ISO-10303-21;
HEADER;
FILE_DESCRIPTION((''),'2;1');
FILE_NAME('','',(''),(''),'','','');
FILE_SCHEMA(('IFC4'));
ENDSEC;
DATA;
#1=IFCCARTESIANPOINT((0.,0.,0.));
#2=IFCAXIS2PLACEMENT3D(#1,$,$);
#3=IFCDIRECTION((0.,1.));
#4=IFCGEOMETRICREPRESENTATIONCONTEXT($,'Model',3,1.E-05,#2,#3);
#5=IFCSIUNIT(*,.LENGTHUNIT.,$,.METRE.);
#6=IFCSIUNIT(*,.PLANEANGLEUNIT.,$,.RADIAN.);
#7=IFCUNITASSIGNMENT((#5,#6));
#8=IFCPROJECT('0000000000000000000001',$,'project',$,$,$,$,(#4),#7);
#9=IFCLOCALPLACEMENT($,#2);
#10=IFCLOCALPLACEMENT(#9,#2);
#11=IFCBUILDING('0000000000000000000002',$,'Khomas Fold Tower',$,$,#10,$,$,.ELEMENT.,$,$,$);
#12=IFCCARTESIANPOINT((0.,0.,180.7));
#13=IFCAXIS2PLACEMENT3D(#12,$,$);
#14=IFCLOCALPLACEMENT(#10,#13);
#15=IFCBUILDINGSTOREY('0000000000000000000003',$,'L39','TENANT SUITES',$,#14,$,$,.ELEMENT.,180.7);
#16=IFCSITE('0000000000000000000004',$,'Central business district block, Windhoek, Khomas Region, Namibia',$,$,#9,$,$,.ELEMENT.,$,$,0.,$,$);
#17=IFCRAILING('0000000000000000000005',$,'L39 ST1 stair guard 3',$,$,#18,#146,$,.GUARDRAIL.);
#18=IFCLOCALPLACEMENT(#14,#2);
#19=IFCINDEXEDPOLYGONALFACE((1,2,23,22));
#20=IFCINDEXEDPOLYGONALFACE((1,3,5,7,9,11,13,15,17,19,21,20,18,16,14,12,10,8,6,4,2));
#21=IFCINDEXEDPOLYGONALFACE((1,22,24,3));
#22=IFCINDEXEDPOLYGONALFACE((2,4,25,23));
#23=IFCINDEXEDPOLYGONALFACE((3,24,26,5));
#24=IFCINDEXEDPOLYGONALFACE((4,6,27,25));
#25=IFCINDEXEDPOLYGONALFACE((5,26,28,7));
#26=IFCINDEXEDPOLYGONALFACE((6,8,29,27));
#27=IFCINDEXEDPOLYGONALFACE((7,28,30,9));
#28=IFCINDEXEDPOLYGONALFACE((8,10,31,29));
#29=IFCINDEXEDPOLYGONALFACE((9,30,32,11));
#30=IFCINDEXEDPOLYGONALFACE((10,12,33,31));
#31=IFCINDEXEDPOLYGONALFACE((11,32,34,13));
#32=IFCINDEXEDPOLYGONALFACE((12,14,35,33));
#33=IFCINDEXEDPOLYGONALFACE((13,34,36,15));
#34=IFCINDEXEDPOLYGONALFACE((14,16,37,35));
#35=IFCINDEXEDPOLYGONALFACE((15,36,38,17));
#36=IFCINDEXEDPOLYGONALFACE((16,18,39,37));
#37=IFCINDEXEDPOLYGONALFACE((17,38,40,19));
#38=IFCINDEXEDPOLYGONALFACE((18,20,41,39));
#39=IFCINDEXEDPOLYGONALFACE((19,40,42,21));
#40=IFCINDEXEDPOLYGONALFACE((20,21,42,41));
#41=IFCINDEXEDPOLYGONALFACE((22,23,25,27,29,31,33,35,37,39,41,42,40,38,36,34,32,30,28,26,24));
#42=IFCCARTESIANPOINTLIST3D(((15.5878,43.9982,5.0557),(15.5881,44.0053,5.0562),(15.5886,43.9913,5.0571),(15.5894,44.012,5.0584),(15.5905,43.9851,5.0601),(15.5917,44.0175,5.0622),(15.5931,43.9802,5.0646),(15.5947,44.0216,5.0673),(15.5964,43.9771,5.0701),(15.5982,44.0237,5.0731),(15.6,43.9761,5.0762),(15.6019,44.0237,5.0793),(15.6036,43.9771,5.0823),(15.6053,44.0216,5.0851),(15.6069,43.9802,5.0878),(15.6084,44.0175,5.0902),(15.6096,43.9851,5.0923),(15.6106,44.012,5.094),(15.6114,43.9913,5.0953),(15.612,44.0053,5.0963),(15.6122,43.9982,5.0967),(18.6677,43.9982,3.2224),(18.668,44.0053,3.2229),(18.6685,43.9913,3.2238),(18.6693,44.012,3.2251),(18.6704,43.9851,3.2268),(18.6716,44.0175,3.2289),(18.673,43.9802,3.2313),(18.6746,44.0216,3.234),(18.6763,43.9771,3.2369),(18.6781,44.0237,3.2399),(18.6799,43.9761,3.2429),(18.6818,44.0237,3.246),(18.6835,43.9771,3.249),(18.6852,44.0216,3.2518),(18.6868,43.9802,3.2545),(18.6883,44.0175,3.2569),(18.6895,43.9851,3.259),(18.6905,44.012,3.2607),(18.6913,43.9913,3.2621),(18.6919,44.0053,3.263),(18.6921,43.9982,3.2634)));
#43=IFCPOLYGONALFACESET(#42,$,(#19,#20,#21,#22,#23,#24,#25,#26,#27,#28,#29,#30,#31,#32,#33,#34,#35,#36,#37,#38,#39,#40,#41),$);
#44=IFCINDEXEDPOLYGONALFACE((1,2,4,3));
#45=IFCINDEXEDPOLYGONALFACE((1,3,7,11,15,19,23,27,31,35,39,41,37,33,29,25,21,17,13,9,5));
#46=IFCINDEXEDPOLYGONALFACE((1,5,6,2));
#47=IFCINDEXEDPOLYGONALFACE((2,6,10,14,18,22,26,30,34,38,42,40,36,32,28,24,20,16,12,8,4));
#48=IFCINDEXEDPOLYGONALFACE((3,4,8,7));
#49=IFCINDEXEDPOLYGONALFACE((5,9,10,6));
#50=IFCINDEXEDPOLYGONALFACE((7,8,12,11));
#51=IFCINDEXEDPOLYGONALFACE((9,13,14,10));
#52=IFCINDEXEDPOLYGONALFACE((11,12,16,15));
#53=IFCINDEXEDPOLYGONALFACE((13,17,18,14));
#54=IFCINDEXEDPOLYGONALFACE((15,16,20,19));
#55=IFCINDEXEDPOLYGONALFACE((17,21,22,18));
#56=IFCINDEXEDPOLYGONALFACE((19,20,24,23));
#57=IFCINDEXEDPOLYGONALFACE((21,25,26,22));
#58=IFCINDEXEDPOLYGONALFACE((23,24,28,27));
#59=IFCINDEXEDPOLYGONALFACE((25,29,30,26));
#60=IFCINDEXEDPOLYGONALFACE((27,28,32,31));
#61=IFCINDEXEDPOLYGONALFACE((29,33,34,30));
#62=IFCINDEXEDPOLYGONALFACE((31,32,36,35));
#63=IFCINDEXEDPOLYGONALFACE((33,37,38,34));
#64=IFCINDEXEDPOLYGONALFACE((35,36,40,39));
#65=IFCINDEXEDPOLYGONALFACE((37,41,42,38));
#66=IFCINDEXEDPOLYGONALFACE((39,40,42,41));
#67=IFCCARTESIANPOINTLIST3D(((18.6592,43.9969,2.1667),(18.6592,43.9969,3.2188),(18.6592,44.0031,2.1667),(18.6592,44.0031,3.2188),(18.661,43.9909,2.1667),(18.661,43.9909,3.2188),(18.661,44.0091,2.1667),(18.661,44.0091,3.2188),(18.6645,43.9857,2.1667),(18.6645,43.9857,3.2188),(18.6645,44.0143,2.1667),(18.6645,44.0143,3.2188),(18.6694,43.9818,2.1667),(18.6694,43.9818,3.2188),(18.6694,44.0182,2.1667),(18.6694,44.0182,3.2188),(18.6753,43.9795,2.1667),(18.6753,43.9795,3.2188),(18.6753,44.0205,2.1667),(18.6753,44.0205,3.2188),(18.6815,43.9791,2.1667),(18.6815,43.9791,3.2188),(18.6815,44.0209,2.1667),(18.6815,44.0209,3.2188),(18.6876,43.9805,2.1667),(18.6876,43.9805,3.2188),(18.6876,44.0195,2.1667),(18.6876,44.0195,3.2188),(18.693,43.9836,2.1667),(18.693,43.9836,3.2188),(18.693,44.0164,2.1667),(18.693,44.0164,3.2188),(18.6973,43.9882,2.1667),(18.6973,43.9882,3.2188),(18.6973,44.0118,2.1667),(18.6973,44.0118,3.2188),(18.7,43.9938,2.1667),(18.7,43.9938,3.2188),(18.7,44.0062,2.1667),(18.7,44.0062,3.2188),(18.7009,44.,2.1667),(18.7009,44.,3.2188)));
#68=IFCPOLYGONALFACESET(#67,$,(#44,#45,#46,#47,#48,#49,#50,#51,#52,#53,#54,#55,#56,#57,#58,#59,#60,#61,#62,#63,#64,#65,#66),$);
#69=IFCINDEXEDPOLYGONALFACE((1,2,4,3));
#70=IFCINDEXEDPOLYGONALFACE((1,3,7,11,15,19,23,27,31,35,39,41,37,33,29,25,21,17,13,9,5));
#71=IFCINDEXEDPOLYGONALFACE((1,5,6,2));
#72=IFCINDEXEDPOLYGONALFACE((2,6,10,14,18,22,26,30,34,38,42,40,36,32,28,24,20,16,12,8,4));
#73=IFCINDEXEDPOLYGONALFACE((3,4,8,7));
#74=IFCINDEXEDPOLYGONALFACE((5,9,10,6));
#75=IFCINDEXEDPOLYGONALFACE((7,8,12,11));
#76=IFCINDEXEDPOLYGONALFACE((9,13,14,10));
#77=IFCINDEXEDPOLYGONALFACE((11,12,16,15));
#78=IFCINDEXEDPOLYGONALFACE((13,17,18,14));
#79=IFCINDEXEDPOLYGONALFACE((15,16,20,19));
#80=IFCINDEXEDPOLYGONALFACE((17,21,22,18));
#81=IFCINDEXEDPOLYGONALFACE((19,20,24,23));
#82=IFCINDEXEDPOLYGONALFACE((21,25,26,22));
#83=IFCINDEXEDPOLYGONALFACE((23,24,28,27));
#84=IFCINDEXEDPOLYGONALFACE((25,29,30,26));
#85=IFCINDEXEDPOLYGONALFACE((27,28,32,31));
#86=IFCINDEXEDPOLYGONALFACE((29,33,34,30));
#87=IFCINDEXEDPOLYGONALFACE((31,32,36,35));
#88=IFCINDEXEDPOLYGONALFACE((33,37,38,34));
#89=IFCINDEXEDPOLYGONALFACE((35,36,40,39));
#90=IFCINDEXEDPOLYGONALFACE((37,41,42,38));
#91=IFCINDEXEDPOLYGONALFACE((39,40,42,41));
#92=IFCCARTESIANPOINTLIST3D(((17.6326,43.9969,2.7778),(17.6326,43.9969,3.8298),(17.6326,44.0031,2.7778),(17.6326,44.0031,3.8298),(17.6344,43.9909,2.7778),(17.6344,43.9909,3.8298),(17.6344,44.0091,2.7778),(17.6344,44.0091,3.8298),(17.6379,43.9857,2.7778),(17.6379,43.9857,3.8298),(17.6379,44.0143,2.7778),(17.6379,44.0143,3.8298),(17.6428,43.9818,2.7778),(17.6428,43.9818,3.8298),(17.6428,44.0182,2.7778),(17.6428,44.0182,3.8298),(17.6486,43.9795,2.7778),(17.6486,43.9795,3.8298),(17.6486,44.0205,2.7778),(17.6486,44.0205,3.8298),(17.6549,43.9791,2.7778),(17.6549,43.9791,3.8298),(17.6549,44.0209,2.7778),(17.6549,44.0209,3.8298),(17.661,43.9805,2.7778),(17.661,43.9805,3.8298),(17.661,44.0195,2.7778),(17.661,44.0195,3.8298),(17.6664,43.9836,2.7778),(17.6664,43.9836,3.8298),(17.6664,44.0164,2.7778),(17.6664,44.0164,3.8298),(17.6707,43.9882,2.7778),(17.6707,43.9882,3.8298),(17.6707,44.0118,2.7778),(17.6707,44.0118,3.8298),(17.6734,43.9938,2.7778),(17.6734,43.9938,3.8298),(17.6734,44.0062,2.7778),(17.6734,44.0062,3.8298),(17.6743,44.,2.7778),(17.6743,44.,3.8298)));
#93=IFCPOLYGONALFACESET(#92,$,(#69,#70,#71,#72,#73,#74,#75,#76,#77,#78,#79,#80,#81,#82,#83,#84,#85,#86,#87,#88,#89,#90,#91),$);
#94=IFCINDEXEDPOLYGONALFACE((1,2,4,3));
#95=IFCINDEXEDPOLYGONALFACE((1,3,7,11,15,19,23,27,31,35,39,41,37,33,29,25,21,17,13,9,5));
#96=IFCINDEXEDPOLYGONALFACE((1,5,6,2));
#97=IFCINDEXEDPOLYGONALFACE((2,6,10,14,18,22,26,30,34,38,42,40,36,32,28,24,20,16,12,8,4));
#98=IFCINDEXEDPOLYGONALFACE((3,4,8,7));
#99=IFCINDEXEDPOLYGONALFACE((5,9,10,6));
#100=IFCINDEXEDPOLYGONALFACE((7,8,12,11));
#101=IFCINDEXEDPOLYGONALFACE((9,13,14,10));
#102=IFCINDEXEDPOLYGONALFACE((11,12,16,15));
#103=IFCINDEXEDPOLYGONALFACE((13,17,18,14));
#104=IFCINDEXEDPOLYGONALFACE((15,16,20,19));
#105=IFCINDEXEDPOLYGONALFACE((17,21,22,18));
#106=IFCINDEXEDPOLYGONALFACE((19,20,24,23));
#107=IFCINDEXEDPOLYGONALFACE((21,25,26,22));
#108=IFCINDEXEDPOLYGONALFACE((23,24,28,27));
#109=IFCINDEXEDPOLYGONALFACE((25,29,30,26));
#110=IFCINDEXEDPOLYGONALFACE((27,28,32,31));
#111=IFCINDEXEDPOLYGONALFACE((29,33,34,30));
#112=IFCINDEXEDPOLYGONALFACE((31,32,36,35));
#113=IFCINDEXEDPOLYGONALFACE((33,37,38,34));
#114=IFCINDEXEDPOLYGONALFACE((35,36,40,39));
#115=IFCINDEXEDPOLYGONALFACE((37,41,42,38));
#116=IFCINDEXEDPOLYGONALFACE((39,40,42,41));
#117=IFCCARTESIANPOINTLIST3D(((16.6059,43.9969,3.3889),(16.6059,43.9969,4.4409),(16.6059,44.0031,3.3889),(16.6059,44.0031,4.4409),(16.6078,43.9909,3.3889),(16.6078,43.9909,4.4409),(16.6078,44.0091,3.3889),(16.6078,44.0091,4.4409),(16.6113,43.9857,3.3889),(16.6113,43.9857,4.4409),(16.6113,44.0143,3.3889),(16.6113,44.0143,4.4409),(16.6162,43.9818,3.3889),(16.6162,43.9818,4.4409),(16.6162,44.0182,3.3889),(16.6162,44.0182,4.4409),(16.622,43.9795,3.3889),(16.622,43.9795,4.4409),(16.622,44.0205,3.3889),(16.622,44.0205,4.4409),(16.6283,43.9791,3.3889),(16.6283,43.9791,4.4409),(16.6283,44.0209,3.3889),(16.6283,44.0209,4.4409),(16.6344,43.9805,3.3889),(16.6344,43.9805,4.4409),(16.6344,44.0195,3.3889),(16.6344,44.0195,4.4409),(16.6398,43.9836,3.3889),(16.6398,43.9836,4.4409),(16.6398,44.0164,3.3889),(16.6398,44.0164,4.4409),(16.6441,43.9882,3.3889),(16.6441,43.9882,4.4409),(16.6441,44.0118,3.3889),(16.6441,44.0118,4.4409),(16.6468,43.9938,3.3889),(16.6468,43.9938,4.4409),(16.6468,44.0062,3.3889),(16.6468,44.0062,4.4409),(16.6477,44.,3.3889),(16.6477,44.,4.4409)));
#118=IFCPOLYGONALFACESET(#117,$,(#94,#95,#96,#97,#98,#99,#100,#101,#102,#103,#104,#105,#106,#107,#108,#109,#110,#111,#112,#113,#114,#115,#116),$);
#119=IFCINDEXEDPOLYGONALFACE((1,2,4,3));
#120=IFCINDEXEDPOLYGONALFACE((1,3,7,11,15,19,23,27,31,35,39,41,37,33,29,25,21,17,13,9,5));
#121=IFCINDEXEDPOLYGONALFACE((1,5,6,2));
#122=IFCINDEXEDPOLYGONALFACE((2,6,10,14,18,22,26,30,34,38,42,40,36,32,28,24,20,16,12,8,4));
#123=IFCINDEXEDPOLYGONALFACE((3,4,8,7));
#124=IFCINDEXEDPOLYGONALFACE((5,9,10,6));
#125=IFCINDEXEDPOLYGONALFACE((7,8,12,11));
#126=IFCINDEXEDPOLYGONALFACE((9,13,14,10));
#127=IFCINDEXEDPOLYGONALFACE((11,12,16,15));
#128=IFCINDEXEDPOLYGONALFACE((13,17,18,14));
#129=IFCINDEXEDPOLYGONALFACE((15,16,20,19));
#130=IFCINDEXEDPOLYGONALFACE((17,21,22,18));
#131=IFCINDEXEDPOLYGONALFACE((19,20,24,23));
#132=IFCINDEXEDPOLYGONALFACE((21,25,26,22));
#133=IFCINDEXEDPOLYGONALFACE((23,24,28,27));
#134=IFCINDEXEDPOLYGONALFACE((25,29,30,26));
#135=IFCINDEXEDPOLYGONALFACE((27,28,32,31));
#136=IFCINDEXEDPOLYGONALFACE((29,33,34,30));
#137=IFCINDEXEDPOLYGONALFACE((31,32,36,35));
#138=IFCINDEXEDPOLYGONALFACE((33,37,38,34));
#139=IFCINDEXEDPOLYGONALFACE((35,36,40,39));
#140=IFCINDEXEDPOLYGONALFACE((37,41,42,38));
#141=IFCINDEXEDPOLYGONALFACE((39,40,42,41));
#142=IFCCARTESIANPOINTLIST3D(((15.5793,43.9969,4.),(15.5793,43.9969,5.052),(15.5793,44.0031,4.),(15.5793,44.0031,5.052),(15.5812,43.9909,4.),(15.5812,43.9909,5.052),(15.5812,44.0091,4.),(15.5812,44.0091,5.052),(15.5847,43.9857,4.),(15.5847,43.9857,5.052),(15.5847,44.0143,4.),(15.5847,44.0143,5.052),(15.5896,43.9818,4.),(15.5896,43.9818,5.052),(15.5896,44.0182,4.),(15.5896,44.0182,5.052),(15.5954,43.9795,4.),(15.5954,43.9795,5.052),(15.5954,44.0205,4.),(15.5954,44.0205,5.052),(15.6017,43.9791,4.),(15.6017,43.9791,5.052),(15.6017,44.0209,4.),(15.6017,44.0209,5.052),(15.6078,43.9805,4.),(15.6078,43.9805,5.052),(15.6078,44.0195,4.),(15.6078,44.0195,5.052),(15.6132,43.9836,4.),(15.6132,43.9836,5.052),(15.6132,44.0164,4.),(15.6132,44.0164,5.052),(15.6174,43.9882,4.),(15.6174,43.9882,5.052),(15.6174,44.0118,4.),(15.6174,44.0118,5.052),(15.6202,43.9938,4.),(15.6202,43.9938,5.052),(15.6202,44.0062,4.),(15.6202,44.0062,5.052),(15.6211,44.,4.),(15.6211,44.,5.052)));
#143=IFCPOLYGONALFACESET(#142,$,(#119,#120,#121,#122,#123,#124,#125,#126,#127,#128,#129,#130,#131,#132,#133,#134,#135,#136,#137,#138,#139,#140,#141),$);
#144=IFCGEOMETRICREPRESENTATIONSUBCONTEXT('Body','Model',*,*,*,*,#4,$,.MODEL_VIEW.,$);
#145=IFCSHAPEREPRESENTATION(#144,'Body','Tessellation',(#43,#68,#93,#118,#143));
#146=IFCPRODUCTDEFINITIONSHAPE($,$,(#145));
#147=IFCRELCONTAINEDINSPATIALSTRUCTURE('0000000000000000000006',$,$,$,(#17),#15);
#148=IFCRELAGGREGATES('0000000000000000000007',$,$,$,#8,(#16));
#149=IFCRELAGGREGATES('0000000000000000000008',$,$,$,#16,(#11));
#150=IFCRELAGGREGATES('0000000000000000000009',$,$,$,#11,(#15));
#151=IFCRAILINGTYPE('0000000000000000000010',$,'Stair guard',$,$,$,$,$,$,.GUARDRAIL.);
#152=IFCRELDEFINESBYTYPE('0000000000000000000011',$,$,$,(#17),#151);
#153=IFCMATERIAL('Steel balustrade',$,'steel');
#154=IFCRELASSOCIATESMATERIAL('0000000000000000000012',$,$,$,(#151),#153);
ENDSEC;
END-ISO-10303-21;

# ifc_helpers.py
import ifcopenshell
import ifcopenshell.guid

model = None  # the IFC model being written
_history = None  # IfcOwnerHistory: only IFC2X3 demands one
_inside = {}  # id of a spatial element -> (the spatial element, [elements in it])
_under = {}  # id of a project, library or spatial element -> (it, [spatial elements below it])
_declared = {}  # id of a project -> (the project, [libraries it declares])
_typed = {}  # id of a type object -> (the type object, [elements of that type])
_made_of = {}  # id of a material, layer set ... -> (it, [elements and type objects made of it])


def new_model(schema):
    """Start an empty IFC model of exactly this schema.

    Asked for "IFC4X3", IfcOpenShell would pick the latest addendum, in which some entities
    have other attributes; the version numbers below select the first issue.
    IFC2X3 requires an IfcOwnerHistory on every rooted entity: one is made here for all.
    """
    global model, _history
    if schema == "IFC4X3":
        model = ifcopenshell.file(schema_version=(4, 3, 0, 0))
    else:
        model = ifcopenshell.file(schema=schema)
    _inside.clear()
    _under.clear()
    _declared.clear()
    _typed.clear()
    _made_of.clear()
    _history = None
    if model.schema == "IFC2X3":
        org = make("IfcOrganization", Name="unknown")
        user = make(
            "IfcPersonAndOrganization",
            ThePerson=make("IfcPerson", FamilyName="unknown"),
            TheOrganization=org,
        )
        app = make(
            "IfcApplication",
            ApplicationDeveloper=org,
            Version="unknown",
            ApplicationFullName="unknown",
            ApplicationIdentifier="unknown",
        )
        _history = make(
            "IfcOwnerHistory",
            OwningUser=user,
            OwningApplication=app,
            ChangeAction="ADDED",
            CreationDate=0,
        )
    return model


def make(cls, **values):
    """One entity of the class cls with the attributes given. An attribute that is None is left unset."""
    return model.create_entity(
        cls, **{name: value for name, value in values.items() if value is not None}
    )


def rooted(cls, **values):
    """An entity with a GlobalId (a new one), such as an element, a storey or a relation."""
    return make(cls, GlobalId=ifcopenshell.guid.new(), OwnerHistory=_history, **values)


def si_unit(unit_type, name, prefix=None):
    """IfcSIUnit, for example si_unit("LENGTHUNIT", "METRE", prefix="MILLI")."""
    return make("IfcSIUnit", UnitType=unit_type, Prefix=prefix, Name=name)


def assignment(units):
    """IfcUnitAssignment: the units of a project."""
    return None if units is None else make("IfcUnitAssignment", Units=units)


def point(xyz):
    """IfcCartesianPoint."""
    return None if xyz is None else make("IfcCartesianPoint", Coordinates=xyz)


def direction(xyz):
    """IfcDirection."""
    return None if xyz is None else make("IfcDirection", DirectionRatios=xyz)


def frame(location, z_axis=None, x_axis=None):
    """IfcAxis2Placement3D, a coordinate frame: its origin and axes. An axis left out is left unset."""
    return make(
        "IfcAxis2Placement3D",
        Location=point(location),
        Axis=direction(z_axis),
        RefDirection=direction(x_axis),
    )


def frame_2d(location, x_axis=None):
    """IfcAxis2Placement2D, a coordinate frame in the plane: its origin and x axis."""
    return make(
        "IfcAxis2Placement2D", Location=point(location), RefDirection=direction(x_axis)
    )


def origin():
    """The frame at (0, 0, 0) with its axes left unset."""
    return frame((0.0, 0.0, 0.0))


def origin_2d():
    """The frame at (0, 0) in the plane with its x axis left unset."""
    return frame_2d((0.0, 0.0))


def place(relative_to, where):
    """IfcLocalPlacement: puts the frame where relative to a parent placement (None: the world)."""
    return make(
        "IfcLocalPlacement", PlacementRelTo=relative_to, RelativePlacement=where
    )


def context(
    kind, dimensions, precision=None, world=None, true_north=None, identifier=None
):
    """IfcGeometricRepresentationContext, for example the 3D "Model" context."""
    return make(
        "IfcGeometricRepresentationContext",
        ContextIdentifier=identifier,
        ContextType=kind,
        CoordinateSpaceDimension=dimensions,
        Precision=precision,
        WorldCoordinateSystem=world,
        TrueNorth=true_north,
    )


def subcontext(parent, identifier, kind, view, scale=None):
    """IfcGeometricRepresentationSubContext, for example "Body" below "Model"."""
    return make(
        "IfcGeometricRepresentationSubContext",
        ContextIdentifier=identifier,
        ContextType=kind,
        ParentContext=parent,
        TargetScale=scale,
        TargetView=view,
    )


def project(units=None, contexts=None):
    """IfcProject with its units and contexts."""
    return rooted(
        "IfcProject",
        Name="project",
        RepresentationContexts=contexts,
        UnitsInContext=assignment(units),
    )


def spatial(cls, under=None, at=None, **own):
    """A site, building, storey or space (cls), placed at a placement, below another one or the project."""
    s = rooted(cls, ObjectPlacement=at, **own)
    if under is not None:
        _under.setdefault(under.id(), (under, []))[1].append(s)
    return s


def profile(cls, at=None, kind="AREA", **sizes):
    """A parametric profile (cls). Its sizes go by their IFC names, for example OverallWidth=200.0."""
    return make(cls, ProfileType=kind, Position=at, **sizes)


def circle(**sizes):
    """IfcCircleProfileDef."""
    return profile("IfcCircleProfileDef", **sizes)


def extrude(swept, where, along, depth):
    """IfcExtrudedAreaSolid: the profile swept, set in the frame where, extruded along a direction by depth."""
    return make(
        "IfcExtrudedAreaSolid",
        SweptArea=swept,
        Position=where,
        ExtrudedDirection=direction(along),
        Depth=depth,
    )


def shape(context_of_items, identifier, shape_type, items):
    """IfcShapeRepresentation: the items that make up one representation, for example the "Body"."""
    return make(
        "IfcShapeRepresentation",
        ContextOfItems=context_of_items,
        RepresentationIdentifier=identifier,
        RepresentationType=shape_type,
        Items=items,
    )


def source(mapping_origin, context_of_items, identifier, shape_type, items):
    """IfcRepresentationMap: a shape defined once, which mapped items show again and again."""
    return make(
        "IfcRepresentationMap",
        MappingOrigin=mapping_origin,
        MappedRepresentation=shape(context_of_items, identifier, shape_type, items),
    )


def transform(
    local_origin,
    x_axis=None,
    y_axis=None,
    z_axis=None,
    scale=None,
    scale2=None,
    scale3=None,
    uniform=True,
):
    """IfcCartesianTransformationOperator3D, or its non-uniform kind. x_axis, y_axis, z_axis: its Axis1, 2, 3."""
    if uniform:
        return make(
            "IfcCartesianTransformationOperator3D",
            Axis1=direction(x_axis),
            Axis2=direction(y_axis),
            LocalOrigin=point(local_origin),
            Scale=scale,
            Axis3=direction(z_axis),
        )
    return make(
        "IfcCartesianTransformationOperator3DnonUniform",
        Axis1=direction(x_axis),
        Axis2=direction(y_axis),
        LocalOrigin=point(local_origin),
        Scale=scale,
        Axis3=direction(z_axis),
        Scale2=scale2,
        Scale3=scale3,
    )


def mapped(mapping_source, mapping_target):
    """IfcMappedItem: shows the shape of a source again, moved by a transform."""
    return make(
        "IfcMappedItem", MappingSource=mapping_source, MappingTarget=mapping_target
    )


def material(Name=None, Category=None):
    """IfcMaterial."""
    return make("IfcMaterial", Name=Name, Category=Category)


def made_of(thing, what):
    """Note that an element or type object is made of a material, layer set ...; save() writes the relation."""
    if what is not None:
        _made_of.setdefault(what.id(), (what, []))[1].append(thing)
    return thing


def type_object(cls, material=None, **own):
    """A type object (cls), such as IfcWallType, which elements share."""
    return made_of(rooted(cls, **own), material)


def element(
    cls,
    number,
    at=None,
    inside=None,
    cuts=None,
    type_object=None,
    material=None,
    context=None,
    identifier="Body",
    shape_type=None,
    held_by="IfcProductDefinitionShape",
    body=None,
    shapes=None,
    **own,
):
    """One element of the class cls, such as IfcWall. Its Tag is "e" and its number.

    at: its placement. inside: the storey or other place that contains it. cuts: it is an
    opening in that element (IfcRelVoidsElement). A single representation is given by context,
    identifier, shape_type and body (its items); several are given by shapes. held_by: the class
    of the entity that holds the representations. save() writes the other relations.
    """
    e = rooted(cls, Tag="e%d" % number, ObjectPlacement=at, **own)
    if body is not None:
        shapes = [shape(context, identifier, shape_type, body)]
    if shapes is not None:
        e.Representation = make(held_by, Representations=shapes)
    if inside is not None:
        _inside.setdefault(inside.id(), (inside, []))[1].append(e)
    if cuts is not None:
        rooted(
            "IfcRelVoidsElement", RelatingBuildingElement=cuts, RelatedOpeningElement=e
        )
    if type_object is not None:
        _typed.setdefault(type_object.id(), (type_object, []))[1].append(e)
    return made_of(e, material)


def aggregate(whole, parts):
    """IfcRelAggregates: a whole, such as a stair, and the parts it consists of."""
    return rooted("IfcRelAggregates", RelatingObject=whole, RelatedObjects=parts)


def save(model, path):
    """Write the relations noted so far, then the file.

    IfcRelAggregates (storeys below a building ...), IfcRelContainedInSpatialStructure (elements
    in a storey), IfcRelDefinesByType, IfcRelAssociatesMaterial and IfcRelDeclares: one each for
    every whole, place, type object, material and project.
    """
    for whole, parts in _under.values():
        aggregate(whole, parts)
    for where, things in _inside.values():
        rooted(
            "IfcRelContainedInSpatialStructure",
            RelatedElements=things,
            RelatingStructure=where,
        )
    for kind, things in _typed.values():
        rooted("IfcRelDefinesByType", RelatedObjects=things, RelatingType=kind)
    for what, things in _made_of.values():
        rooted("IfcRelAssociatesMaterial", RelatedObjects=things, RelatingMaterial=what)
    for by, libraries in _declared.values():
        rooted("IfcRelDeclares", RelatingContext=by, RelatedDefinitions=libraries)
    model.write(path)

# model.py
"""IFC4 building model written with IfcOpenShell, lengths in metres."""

from ifc_helpers import new_model, si_unit, direction, frame, origin, origin_2d, place, context, subcontext, project, spatial, circle, extrude, source, transform, mapped, material, type_object, element, save


model = new_model("IFC4")

# Units and contexts
model_context = context("Model", 3, precision=1e-05, world=origin(), true_north=direction((0.0, 1.0)))
body_context = subcontext(model_context, "Body", "Model", "MODEL_VIEW")
ifc_project = project(units=[si_unit("LENGTHUNIT", "METRE"), si_unit("PLANEANGLEUNIT", "RADIAN")], contexts=[model_context])

# Site, building, storey
site_placement = place(None, origin())
site = spatial("IfcSite", under=ifc_project, at=site_placement, Name="Central business district block, Windhoek, Khomas Region, Namibia", CompositionType="ELEMENT", RefElevation=0.0)
building_placement = place(site_placement, origin())
building = spatial("IfcBuilding", under=site, at=building_placement, Name="Khomas Fold Tower", CompositionType="ELEMENT")
storey_placement = place(building_placement, frame((0.0, 0.0, 180.7)))
storey = spatial("IfcBuildingStorey", under=building, at=storey_placement, Name="L39", Description="TENANT SUITES", CompositionType="ELEMENT", Elevation=180.7)

# Railing
ifc_material_1 = material(Name="Steel balustrade", Category="steel")
railing_type_1 = type_object("IfcRailingType", Name="Stair guard", PredefinedType="GUARDRAIL", material=ifc_material_1)
shared_shape_1 = source(origin(), body_context, "Body", "SweptSolid", [
    extrude(circle(Radius=0.0239, at=origin_2d()), frame((0.0, 0.0, 1.0762), z_axis=(-0.859291, 0.0, 0.511487), x_axis=(0.0, -1.0, 0.0)), (0.0, 0.0, 1.0), 3.5842),
    extrude(circle(Radius=0.021, at=origin_2d()), origin(), (0.0, 0.0, 1.0), 1.052),
    extrude(circle(Radius=0.021, at=origin_2d()), frame((-1.0266, 0.0, 0.6111)), (0.0, 0.0, 1.0), 1.052),
    extrude(circle(Radius=0.021, at=origin_2d()), frame((-2.0532, 0.0, 1.2222)), (0.0, 0.0, 1.0), 1.052),
    extrude(circle(Radius=0.021, at=origin_2d()), frame((-3.0798, 0.0, 1.8333)), (0.0, 0.0, 1.0), 1.052),
])
railing_1_placement = place(storey_placement, frame((18.6799, 44.0, 2.1667)))
element("IfcRailing", 1, at=railing_1_placement, inside=storey, type_object=railing_type_1, Name="L39 ST1 stair guard 3", PredefinedType="GUARDRAIL", context=body_context, shape_type="MappedRepresentation", body=[
    mapped(shared_shape_1, transform((0.0, 0.0, 0.0))),
])

save(model, "model.ifc")
